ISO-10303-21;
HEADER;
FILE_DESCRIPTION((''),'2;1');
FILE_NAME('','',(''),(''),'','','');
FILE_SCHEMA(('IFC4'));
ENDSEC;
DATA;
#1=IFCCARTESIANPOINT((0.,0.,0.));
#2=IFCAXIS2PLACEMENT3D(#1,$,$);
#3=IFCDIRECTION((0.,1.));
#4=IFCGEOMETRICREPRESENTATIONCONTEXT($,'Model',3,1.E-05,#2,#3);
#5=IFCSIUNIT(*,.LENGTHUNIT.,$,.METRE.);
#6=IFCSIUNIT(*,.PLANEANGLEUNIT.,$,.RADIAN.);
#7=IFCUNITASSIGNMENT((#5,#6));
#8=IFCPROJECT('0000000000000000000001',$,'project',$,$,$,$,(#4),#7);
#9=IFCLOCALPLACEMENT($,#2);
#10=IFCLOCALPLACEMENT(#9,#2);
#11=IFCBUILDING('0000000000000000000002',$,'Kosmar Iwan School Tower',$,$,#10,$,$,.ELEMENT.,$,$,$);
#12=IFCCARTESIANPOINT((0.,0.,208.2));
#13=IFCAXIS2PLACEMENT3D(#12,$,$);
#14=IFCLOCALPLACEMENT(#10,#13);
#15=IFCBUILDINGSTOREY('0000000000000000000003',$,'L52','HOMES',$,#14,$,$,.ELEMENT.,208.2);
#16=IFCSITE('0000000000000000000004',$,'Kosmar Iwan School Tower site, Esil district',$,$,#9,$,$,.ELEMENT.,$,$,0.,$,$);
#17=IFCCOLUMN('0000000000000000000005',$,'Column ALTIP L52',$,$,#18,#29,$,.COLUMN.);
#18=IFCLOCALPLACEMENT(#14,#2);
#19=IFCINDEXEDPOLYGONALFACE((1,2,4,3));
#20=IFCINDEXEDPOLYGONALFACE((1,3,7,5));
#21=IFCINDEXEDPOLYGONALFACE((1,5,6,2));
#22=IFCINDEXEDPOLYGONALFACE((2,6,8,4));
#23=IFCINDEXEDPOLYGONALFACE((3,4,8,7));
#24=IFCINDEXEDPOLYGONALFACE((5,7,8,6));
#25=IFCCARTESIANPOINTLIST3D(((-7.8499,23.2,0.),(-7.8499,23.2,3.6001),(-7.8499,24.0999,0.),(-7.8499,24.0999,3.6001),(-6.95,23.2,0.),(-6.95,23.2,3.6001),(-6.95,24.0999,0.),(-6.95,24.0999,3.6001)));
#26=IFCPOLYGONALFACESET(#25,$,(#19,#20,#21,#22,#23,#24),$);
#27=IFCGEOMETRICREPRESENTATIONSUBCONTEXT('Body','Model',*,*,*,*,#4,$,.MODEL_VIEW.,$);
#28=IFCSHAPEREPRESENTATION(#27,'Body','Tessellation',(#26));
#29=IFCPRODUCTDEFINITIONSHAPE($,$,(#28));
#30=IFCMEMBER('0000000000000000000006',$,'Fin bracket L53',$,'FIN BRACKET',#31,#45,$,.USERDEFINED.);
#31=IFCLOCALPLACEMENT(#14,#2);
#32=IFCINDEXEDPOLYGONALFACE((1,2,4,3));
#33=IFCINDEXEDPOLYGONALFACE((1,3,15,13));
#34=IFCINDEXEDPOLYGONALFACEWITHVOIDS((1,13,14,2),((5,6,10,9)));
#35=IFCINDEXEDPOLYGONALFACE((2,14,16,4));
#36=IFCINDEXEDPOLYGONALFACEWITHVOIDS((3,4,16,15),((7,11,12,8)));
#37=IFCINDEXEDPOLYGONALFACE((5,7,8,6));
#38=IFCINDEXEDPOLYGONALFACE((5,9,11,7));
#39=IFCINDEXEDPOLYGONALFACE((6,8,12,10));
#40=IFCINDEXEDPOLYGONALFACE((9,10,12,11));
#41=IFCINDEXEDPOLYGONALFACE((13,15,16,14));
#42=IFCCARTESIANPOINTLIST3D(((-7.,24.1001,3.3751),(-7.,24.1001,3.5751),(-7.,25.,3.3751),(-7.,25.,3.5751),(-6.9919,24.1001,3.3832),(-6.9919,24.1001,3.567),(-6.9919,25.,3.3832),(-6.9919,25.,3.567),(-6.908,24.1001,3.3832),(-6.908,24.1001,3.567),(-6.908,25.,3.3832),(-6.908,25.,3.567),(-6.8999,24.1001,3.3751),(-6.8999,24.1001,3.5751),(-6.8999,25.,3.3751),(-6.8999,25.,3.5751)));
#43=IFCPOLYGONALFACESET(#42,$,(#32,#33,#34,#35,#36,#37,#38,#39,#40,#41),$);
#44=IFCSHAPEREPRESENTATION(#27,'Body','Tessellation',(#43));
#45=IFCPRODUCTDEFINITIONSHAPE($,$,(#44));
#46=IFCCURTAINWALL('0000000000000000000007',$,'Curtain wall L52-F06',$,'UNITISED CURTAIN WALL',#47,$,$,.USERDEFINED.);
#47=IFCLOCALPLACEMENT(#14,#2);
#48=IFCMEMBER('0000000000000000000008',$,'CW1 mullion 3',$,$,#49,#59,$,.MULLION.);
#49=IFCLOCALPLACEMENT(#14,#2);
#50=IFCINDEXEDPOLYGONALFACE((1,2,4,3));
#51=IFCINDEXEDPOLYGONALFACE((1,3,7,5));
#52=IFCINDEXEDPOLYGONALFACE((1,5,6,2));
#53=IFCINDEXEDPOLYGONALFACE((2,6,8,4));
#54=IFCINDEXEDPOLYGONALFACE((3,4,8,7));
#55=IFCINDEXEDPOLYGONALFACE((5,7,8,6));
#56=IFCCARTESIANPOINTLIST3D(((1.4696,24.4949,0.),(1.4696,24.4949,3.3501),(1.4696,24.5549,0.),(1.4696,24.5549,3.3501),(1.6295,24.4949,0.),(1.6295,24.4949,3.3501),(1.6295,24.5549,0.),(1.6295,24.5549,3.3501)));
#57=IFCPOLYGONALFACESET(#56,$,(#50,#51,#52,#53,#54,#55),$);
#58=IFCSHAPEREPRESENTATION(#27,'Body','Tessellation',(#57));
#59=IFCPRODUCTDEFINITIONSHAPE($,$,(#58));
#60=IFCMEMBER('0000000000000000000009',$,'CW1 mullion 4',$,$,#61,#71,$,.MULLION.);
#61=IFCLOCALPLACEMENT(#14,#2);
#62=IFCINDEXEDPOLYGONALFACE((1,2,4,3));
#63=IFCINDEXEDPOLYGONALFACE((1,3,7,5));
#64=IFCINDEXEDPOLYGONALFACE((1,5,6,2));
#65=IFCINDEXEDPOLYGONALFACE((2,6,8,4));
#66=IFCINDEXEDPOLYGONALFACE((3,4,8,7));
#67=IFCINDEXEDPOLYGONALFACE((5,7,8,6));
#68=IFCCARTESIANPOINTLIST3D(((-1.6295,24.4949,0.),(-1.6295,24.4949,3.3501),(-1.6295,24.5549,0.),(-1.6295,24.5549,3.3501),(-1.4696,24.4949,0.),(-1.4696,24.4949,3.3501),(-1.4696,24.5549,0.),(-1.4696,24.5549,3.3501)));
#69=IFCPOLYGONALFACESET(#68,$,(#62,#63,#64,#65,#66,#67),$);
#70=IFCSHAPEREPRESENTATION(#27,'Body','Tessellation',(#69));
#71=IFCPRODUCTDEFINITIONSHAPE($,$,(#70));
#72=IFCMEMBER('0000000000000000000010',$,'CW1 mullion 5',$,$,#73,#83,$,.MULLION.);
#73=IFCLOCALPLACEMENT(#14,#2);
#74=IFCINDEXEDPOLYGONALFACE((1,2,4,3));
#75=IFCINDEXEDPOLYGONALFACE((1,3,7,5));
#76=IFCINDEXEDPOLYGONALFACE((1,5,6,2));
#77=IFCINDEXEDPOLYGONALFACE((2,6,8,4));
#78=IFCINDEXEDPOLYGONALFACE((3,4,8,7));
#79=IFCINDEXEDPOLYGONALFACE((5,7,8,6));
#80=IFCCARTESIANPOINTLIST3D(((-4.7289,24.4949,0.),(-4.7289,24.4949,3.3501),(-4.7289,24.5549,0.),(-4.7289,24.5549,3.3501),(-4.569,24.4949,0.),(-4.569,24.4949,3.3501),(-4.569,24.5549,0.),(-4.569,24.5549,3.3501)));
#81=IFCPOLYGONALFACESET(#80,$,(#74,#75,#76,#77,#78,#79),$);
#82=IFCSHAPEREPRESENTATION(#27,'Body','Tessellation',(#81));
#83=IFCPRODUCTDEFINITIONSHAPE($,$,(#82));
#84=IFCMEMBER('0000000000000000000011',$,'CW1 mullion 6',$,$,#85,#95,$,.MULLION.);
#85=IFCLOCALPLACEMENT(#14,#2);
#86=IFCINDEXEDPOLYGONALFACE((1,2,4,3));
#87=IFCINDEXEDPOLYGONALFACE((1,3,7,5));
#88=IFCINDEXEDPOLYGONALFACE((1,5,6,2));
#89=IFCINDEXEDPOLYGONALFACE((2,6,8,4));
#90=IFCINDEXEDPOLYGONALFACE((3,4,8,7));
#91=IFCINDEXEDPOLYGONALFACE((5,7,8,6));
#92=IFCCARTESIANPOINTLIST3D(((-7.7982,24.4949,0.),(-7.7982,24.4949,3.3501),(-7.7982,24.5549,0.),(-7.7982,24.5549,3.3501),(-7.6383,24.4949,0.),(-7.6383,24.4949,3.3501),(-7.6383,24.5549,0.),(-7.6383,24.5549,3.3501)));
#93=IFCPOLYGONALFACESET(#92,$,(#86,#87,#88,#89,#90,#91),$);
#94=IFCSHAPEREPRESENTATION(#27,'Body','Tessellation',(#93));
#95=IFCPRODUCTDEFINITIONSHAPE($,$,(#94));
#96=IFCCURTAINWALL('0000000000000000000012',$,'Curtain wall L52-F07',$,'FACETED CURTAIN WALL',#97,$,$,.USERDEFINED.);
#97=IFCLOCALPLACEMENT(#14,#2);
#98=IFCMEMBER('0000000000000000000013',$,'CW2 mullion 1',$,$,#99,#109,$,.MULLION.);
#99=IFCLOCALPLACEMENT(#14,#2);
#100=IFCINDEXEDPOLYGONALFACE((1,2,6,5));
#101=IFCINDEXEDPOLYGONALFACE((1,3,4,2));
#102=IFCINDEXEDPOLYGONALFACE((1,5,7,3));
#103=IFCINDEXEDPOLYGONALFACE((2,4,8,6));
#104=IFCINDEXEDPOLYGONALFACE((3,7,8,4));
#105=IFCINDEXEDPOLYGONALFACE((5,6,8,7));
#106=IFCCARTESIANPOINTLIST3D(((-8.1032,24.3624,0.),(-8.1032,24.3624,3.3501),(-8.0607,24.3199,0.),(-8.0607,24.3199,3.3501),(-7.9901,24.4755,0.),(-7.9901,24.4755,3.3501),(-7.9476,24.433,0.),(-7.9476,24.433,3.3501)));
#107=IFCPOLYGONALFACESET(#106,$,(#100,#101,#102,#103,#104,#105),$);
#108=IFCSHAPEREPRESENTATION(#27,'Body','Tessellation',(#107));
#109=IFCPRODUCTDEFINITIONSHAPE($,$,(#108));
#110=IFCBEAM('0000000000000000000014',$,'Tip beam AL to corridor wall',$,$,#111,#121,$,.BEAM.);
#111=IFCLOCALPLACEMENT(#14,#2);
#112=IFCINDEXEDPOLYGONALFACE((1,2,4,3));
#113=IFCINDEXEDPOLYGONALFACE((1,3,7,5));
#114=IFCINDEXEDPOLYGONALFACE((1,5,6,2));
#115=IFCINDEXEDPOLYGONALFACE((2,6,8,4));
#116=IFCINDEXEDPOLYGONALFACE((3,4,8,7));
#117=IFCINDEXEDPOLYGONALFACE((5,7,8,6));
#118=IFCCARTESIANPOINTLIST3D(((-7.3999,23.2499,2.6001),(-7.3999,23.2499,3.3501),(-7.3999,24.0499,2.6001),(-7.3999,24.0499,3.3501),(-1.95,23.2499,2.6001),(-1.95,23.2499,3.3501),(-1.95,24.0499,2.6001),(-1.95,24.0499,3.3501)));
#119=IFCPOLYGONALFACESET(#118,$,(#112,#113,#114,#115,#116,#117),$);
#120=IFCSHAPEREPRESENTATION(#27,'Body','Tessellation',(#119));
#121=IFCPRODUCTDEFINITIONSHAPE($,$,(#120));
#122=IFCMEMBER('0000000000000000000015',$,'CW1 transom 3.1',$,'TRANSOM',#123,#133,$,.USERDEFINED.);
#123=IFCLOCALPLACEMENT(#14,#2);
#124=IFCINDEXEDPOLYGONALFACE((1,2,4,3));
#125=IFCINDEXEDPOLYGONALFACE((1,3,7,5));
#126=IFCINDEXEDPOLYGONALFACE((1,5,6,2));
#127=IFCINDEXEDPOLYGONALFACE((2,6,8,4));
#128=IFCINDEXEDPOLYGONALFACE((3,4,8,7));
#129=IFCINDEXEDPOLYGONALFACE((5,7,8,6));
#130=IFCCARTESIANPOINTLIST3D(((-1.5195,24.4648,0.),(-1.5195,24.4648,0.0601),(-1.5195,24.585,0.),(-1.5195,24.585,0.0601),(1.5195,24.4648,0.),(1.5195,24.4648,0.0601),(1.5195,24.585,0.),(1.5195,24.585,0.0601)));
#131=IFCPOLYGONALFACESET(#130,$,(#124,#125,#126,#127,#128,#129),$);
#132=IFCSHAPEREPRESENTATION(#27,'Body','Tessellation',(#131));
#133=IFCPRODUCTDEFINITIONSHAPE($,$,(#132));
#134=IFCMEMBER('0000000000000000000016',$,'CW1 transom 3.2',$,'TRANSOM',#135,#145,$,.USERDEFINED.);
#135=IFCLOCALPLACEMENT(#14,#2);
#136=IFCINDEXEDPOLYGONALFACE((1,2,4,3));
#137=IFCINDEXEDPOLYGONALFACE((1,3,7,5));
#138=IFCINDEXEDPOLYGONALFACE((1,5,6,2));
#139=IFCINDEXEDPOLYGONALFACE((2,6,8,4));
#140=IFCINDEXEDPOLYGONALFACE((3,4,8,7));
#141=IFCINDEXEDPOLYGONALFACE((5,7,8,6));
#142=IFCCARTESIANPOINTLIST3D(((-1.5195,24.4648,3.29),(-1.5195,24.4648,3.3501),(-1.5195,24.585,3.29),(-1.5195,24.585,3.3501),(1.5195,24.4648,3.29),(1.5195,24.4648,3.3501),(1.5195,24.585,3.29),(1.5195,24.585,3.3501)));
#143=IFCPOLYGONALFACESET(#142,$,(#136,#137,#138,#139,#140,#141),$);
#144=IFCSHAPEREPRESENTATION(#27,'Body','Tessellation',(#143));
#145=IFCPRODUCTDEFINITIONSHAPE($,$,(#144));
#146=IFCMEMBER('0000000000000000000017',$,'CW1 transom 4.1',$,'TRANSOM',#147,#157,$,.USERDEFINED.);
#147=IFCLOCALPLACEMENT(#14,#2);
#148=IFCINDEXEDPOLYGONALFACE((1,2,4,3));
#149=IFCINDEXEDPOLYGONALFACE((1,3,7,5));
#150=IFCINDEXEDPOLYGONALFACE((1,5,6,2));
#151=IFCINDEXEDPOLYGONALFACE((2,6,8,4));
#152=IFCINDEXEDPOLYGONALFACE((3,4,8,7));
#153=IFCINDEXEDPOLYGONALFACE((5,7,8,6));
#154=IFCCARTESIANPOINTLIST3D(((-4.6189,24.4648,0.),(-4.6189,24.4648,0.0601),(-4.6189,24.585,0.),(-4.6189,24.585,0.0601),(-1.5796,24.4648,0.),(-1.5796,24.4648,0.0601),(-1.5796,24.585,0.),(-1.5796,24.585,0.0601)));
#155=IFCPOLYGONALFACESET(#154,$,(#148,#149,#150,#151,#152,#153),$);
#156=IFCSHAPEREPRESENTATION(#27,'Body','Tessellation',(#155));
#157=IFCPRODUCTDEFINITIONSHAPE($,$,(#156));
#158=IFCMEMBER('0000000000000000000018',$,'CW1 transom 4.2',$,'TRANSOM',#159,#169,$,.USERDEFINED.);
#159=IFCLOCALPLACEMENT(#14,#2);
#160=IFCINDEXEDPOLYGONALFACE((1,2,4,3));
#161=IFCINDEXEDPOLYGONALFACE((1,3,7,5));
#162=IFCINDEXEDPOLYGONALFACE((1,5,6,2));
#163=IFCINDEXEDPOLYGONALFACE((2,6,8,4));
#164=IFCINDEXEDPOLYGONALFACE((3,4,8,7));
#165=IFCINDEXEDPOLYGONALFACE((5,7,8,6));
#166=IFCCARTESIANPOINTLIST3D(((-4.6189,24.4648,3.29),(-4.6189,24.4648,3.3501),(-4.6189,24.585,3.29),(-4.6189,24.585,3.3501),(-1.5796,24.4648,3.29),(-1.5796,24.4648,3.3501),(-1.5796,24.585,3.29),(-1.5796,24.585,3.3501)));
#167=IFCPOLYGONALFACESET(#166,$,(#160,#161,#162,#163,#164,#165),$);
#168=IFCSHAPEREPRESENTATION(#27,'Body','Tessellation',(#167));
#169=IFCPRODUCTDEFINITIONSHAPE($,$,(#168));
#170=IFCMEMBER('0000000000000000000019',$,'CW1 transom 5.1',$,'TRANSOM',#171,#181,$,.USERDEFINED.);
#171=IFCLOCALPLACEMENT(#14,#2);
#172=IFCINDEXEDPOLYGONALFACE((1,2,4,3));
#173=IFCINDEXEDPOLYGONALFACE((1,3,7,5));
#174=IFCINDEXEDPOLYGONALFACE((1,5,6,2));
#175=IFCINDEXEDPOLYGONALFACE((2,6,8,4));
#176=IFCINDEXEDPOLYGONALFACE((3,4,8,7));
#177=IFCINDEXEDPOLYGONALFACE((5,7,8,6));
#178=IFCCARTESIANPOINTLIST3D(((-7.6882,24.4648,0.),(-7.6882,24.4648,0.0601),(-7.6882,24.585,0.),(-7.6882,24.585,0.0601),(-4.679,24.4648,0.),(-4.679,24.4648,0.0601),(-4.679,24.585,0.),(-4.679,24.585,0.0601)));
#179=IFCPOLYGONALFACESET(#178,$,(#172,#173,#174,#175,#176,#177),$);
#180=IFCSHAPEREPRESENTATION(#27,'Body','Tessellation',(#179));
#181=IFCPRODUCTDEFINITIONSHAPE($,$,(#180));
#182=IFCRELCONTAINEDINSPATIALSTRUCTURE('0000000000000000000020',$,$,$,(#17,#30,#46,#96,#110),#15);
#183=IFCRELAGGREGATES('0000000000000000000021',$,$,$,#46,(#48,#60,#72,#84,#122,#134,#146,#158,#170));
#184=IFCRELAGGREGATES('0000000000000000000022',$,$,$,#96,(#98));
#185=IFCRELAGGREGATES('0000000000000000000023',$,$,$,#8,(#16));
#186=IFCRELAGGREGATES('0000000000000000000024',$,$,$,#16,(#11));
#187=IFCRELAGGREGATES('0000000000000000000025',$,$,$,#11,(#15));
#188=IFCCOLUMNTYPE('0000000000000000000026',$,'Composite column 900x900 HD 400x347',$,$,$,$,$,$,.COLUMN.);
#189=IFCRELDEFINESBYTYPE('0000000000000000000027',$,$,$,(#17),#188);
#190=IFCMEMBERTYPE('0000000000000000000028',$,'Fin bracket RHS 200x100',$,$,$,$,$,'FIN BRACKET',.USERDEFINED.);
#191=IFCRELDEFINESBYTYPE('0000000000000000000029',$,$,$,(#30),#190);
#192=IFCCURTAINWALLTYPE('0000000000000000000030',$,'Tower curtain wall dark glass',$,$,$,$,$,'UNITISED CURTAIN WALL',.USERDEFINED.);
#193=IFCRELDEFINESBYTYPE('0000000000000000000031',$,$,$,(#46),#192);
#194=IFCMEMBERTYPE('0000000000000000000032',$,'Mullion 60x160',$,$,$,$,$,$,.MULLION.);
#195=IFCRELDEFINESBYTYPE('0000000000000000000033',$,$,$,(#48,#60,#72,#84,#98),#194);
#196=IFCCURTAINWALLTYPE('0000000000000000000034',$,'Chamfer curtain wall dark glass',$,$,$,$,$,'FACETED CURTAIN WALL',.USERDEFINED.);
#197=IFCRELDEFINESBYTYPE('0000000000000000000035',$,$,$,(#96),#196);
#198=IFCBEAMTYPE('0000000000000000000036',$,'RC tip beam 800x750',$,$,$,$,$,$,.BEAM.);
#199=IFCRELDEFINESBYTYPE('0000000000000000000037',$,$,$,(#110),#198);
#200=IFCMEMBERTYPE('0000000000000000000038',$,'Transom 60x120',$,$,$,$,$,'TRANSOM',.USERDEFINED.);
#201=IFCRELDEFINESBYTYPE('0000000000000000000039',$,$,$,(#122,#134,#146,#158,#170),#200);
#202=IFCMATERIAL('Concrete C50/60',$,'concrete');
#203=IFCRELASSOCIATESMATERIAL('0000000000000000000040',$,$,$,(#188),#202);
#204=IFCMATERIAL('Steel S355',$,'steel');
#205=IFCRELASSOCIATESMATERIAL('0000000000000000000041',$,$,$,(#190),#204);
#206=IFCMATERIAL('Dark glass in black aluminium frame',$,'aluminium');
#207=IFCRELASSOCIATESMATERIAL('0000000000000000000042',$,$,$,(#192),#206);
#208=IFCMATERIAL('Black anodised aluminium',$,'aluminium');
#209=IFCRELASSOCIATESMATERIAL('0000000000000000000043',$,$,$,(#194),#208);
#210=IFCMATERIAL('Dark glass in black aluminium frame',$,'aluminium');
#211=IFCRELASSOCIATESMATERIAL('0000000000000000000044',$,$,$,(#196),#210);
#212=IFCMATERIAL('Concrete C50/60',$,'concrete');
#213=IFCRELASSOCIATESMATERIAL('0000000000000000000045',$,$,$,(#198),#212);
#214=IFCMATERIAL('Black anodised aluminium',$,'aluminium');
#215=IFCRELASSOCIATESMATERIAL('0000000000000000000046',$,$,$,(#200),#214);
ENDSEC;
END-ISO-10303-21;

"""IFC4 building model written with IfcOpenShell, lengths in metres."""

from ifc_helpers import new_model, si_unit, direction, frame, origin, origin_2d, place, context, subcontext, project, spatial, rectangle, hollow_rectangle, extrude, material, material_profile, profile_set, type_object, element, aggregate, save


model = new_model("IFC4")

# Units and contexts
model_context = context("Model", 3, precision=1e-05, world=origin(), true_north=direction((0.0, 1.0)))
body_context = subcontext(model_context, "Body", "Model", "MODEL_VIEW")
ifc_project = project(units=[si_unit("LENGTHUNIT", "METRE"), si_unit("PLANEANGLEUNIT", "RADIAN")], contexts=[model_context])

# Site, building, storey
site_placement = place(None, origin())
site = spatial("IfcSite", under=ifc_project, at=site_placement, Name="Kosmar Iwan School Tower site, Esil district", CompositionType="ELEMENT", RefElevation=0.0)
building_placement = place(site_placement, origin())
building = spatial("IfcBuilding", under=site, at=building_placement, Name="Kosmar Iwan School Tower", CompositionType="ELEMENT")
storey_placement = place(building_placement, frame((0.0, 0.0, 208.2)))
storey = spatial("IfcBuildingStorey", under=building, at=storey_placement, Name="L52", Description="HOMES", CompositionType="ELEMENT", Elevation=208.2)

# Column
ifc_material_1 = material(Name="Concrete C50/60", Category="concrete")
ifc_material_profile_1 = material_profile(ifc_material_1, rectangle(XDim=0.8999, YDim=0.8999, at=origin_2d()), Name="RC 900x900 + HD 400x347")
ifc_profile_set_1 = profile_set([ifc_material_profile_1], Name="Concrete C50/60")
column_type = type_object("IfcColumnType", Name="Composite column 900x900 HD 400x347", PredefinedType="COLUMN", material=ifc_profile_set_1)
column_placement = place(storey_placement, frame((-7.3999, 23.6499, 0.0), z_axis=(0.0, 0.0, 1.0), x_axis=(0.0, 1.0, 0.0)))
element("IfcColumn", 1, at=column_placement, inside=storey, type_object=column_type, Name="Column ALTIP L52", PredefinedType="COLUMN", context=body_context, shape_type="SweptSolid", body=[
    extrude(rectangle(XDim=0.8999, YDim=0.8999, at=origin_2d()), origin(), (0.0, 0.0, 1.0), 3.6001),
])

# Member
ifc_material_2 = material(Name="Steel S355", Category="steel")
ifc_material_profile_2 = material_profile(ifc_material_2, hollow_rectangle(XDim=0.1001, YDim=0.2, WallThickness=0.0081, at=origin_2d()), Name="RHS 200x100x8")
ifc_profile_set_2 = profile_set([ifc_material_profile_2], Name="Steel S355")
member_type_1 = type_object("IfcMemberType", Name="Fin bracket RHS 200x100", ElementType="FIN BRACKET", PredefinedType="USERDEFINED", material=ifc_profile_set_2)
member_1_placement = place(storey_placement, frame((-6.95, 24.1001, 3.4751), z_axis=(0.0, 1.0, 0.0), x_axis=(-1.0, 0.0, 0.0)))
element("IfcMember", 2, at=member_1_placement, inside=storey, type_object=member_type_1, Name="Fin bracket L53", ObjectType="FIN BRACKET", PredefinedType="USERDEFINED", context=body_context, shape_type="SweptSolid", body=[
    extrude(hollow_rectangle(XDim=0.1001, YDim=0.2, WallThickness=0.0081, at=origin_2d()), origin(), (0.0, 0.0, 1.0), 0.8999),
])

# Curtain wall, members
ifc_material_3 = material(Name="Dark glass in black aluminium frame", Category="aluminium")
curtain_wall_type_1 = type_object("IfcCurtainWallType", Name="Tower curtain wall dark glass", ElementType="UNITISED CURTAIN WALL", PredefinedType="USERDEFINED", material=ifc_material_3)
curtain_wall_1_placement = place(storey_placement, origin())
curtain_wall_1 = element("IfcCurtainWall", 3, at=curtain_wall_1_placement, inside=storey, type_object=curtain_wall_type_1, Name="Curtain wall L52-F06", ObjectType="UNITISED CURTAIN WALL", PredefinedType="USERDEFINED")
ifc_material_4 = material(Name="Black anodised aluminium", Category="aluminium")
ifc_material_profile_3 = material_profile(ifc_material_4, rectangle(XDim=0.0601, YDim=0.1599, at=origin_2d()), Name="MULLION 60x160")
ifc_profile_set_3 = profile_set([ifc_material_profile_3], Name="Black anodised aluminium")
member_type_2 = type_object("IfcMemberType", Name="Mullion 60x160", PredefinedType="MULLION", material=ifc_profile_set_3)
member_2_placement = place(storey_placement, frame((1.5496, 24.5249, 0.0), z_axis=(0.0, 0.0, 1.0), x_axis=(0.0, -1.0, 0.0)))
member_2 = element("IfcMember", 4, at=member_2_placement, type_object=member_type_2, Name="CW1 mullion 3", PredefinedType="MULLION", context=body_context, shape_type="SweptSolid", body=[
    extrude(rectangle(XDim=0.0601, YDim=0.1599, at=origin_2d()), origin(), (0.0, 0.0, 1.0), 3.3501),
])
member_3_placement = place(storey_placement, frame((-1.5496, 24.5249, 0.0), z_axis=(0.0, 0.0, 1.0), x_axis=(0.0, -1.0, 0.0)))
member_3 = element("IfcMember", 5, at=member_3_placement, type_object=member_type_2, Name="CW1 mullion 4", PredefinedType="MULLION", context=body_context, shape_type="SweptSolid", body=[
    extrude(rectangle(XDim=0.0601, YDim=0.1599, at=origin_2d()), origin(), (0.0, 0.0, 1.0), 3.3501),
])
member_4_placement = place(storey_placement, frame((-4.6489, 24.5249, 0.0), z_axis=(0.0, 0.0, 1.0), x_axis=(0.0, -1.0, 0.0)))
member_4 = element("IfcMember", 6, at=member_4_placement, type_object=member_type_2, Name="CW1 mullion 5", PredefinedType="MULLION", context=body_context, shape_type="SweptSolid", body=[
    extrude(rectangle(XDim=0.0601, YDim=0.1599, at=origin_2d()), origin(), (0.0, 0.0, 1.0), 3.3501),
])
member_5_placement = place(storey_placement, frame((-7.7183, 24.5249, 0.0), z_axis=(0.0, 0.0, 1.0), x_axis=(0.0, -1.0, 0.0)))
member_5 = element("IfcMember", 7, at=member_5_placement, type_object=member_type_2, Name="CW1 mullion 6", PredefinedType="MULLION", context=body_context, shape_type="SweptSolid", body=[
    extrude(rectangle(XDim=0.0601, YDim=0.1599, at=origin_2d()), origin(), (0.0, 0.0, 1.0), 3.3501),
])

# Curtain wall, member
ifc_material_5 = material(Name="Dark glass in black aluminium frame", Category="aluminium")
curtain_wall_type_2 = type_object("IfcCurtainWallType", Name="Chamfer curtain wall dark glass", ElementType="FACETED CURTAIN WALL", PredefinedType="USERDEFINED", material=ifc_material_5)
curtain_wall_2_placement = place(storey_placement, origin())
curtain_wall_2 = element("IfcCurtainWall", 8, at=curtain_wall_2_placement, inside=storey, type_object=curtain_wall_type_2, Name="Curtain wall L52-F07", ObjectType="FACETED CURTAIN WALL", PredefinedType="USERDEFINED")
member_6_placement = place(storey_placement, frame((-8.0254, 24.3977, 0.0), z_axis=(0.0, 0.0, 1.0), x_axis=(0.707107, -0.707107, 0.0)))
member_6 = element("IfcMember", 9, at=member_6_placement, type_object=member_type_2, Name="CW2 mullion 1", PredefinedType="MULLION", context=body_context, shape_type="SweptSolid", body=[
    extrude(rectangle(XDim=0.0601, YDim=0.1599, at=origin_2d()), origin(), (0.0, 0.0, 1.0), 3.3501),
])

# Beam
ifc_material_6 = material(Name="Concrete C50/60", Category="concrete")
ifc_material_profile_4 = material_profile(ifc_material_6, rectangle(XDim=0.8, YDim=0.75, at=origin_2d()), Name="RC 800x750")
ifc_profile_set_4 = profile_set([ifc_material_profile_4], Name="Concrete C50/60")
beam_type = type_object("IfcBeamType", Name="RC tip beam 800x750", PredefinedType="BEAM", material=ifc_profile_set_4)
beam_placement = place(storey_placement, frame((-7.3999, 23.6499, 2.9751), z_axis=(1.0, 0.0, 0.0), x_axis=(0.0, 1.0, 0.0)))
element("IfcBeam", 10, at=beam_placement, inside=storey, type_object=beam_type, Name="Tip beam AL to corridor wall", PredefinedType="BEAM", context=body_context, shape_type="SweptSolid", body=[
    extrude(rectangle(XDim=0.8, YDim=0.75, at=origin_2d()), origin(), (0.0, 0.0, 1.0), 5.45),
])

# Members
ifc_material_7 = material(Name="Black anodised aluminium", Category="aluminium")
ifc_material_profile_5 = material_profile(ifc_material_7, rectangle(XDim=0.1201, YDim=0.0601, at=origin_2d()), Name="TRANSOM 60x120")
ifc_profile_set_5 = profile_set([ifc_material_profile_5], Name="Black anodised aluminium")
member_type_3 = type_object("IfcMemberType", Name="Transom 60x120", ElementType="TRANSOM", PredefinedType="USERDEFINED", material=ifc_profile_set_5)
member_7_placement = place(storey_placement, frame((1.5195, 24.5249, 0.03), z_axis=(-1.0, 0.0, 0.0), x_axis=(0.0, -1.0, 0.0)))
member_7 = element("IfcMember", 11, at=member_7_placement, type_object=member_type_3, Name="CW1 transom 3.1", ObjectType="TRANSOM", PredefinedType="USERDEFINED", context=body_context, shape_type="SweptSolid", body=[
    extrude(rectangle(XDim=0.1201, YDim=0.0601, at=origin_2d()), origin(), (0.0, 0.0, 1.0), 3.0391),
])
member_8_placement = place(storey_placement, frame((1.5195, 24.5249, 3.3201), z_axis=(-1.0, 0.0, 0.0), x_axis=(0.0, -1.0, 0.0)))
member_8 = element("IfcMember", 12, at=member_8_placement, type_object=member_type_3, Name="CW1 transom 3.2", ObjectType="TRANSOM", PredefinedType="USERDEFINED", context=body_context, shape_type="SweptSolid", body=[
    extrude(rectangle(XDim=0.1201, YDim=0.0601, at=origin_2d()), origin(), (0.0, 0.0, 1.0), 3.0391),
])
member_9_placement = place(storey_placement, frame((-1.5796, 24.5249, 0.03), z_axis=(-1.0, 0.0, 0.0), x_axis=(0.0, -1.0, 0.0)))
member_9 = element("IfcMember", 13, at=member_9_placement, type_object=member_type_3, Name="CW1 transom 4.1", ObjectType="TRANSOM", PredefinedType="USERDEFINED", context=body_context, shape_type="SweptSolid", body=[
    extrude(rectangle(XDim=0.1201, YDim=0.0601, at=origin_2d()), origin(), (0.0, 0.0, 1.0), 3.0393),
])
member_10_placement = place(storey_placement, frame((-1.5796, 24.5249, 3.3201), z_axis=(-1.0, 0.0, 0.0), x_axis=(0.0, -1.0, 0.0)))
member_10 = element("IfcMember", 14, at=member_10_placement, type_object=member_type_3, Name="CW1 transom 4.2", ObjectType="TRANSOM", PredefinedType="USERDEFINED", context=body_context, shape_type="SweptSolid", body=[
    extrude(rectangle(XDim=0.1201, YDim=0.0601, at=origin_2d()), origin(), (0.0, 0.0, 1.0), 3.0393),
])
member_11_placement = place(storey_placement, frame((-4.679, 24.5249, 0.03), z_axis=(-1.0, 0.0, 0.0), x_axis=(0.0, -1.0, 0.0)))
member_11 = element("IfcMember", 15, at=member_11_placement, type_object=member_type_3, Name="CW1 transom 5.1", ObjectType="TRANSOM", PredefinedType="USERDEFINED", context=body_context, shape_type="SweptSolid", body=[
    extrude(rectangle(XDim=0.1201, YDim=0.0601, at=origin_2d()), origin(), (0.0, 0.0, 1.0), 3.0093),
])

aggregate(curtain_wall_1, [member_2, member_3, member_4, member_5, member_7, member_8, member_9, member_10, member_11])
aggregate(curtain_wall_2, [member_6])

save(model, "model.ifc")
